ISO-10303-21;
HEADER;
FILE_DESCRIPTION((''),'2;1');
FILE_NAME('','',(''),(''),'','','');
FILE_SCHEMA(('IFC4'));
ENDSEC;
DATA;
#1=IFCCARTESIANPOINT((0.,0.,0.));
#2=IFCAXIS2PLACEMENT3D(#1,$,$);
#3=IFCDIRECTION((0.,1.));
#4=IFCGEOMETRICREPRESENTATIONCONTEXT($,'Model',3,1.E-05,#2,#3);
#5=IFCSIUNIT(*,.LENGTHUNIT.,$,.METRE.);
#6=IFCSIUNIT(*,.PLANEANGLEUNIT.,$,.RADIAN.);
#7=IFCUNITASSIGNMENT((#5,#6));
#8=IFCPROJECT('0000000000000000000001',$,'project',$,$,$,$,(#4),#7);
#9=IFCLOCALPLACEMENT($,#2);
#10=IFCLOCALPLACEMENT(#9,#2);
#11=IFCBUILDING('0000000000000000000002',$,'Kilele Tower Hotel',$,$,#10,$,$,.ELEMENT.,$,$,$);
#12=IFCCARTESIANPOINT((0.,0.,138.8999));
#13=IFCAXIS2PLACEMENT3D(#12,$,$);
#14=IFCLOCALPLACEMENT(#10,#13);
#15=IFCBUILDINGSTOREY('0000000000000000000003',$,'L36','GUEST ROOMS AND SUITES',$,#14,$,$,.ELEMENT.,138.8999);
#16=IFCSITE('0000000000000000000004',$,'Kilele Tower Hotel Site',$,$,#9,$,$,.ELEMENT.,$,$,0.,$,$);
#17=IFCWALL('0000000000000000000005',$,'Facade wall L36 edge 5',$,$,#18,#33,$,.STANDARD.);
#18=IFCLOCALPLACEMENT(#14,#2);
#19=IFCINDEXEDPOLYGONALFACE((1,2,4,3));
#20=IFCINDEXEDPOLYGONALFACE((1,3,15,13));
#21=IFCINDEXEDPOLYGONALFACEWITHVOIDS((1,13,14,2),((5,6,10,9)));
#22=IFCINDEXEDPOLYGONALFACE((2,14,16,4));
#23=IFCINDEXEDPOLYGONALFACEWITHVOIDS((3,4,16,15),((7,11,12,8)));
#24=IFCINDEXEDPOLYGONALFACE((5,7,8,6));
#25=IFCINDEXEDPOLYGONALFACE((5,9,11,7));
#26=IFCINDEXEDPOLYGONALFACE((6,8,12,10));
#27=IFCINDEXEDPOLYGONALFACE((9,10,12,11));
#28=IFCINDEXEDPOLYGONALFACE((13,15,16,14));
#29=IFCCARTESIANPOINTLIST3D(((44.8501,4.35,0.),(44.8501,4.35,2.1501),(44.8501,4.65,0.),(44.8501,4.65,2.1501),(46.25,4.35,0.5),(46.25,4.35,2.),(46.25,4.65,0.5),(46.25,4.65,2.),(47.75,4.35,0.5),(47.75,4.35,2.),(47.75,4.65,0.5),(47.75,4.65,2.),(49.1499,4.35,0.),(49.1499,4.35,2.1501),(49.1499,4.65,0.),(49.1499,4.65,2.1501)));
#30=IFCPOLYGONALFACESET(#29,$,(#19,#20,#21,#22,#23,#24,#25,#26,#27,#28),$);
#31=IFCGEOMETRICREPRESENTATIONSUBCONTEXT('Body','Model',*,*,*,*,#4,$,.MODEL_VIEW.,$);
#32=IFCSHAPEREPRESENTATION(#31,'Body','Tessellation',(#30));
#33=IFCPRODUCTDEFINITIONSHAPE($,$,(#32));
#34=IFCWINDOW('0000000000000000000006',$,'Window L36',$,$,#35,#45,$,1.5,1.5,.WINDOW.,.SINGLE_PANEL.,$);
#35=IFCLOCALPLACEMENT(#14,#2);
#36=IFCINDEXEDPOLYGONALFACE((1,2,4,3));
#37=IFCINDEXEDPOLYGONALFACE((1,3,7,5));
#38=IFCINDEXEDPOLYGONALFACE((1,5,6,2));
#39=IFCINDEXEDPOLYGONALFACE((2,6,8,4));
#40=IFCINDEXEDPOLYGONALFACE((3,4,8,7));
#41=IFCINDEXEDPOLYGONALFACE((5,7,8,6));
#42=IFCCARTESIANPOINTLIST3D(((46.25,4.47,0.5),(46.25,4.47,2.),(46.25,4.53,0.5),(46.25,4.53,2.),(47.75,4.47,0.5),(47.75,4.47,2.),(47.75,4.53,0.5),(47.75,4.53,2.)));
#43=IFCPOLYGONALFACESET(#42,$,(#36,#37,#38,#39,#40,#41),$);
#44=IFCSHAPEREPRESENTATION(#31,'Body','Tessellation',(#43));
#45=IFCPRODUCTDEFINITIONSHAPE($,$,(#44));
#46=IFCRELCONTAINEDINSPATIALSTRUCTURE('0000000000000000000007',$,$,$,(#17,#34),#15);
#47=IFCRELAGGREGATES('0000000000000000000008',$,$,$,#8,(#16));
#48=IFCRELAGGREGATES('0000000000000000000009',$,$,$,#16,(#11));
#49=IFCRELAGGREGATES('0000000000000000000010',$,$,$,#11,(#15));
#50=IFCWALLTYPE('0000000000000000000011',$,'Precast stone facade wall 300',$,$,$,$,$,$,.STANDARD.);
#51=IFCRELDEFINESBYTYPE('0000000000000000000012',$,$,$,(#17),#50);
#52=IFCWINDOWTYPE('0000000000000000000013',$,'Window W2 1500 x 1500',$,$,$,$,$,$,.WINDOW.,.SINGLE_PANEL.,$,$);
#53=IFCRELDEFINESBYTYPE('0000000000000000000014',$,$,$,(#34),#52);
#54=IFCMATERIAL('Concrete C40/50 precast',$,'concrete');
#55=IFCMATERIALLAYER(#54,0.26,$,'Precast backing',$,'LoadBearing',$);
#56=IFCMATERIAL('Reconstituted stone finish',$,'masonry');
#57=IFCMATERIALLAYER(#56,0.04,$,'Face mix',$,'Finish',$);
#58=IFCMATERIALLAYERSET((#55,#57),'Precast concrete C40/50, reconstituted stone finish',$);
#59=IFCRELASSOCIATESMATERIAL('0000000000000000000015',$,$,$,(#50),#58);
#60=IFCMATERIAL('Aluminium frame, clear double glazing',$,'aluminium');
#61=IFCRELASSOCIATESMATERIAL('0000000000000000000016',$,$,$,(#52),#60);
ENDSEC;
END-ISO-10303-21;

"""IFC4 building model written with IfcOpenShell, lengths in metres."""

from ifc_helpers import new_model, si_unit, direction, frame, frame_2d, origin, place, context, subcontext, project, spatial, rectangle, extrude, material, layer, layer_set, type_object, element, fill, save


model = new_model("IFC4")

# Units and contexts
model_context = context("Model", 3, precision=1e-05, world=origin(), true_north=direction((0.0, 1.0)))
body_context = subcontext(model_context, "Body", "Model", "MODEL_VIEW")
ifc_project = project(units=[si_unit("LENGTHUNIT", "METRE"), si_unit("PLANEANGLEUNIT", "RADIAN")], contexts=[model_context])

# Site, building, storey
site_placement = place(None, origin())
site = spatial("IfcSite", under=ifc_project, at=site_placement, Name="Kilele Tower Hotel Site", CompositionType="ELEMENT", RefElevation=0.0)
building_placement = place(site_placement, origin())
building = spatial("IfcBuilding", under=site, at=building_placement, Name="Kilele Tower Hotel", CompositionType="ELEMENT")
storey_placement = place(building_placement, frame((0.0, 0.0, 138.8999)))
storey = spatial("IfcBuildingStorey", under=building, at=storey_placement, Name="L36", Description="GUEST ROOMS AND SUITES", CompositionType="ELEMENT", Elevation=138.8999)

# Wall, opening, window
ifc_material_1 = material(Name="Concrete C40/50 precast", Category="concrete")
ifc_layer_1 = layer(ifc_material_1, 0.26, Name="Precast backing", Category="LoadBearing")
ifc_material_2 = material(Name="Reconstituted stone finish", Category="masonry")
ifc_layer_2 = layer(ifc_material_2, 0.04, Name="Face mix", Category="Finish")
ifc_layer_set_1 = layer_set([ifc_layer_1, ifc_layer_2], Name="Precast concrete C40/50, reconstituted stone finish")
wall_type_1 = type_object("IfcWallType", Name="Precast stone facade wall 300", PredefinedType="STANDARD", material=ifc_layer_set_1)
ifc_material_3 = material(Name="Aluminium frame, clear double glazing", Category="aluminium")
window_type = type_object("IfcWindowType", Name="Window W2 1500 x 1500", PartitioningType="SINGLE_PANEL", PredefinedType="WINDOW", material=ifc_material_3)
wall_1_placement = place(storey_placement, frame((44.8501, 4.5, 0.0), z_axis=(0.0, 0.0, 1.0), x_axis=(1.0, 0.0, 0.0)))
wall_1 = element("IfcWall", 1, at=wall_1_placement, inside=storey, type_object=wall_type_1, Name="Facade wall L36 edge 5", PredefinedType="STANDARD", context=body_context, shape_type="SweptSolid", body=[
    extrude(rectangle(XDim=4.2998, YDim=0.3, at=frame_2d((2.1499, 0.0))), origin(), (0.0, 0.0, 1.0), 2.1501),
])
opening_1_placement = place(wall_1_placement, frame((1.3999, 0.0, 0.5)))
opening_1 = element("IfcOpeningElement", 2, at=opening_1_placement, cuts=wall_1, PredefinedType="OPENING", context=body_context, shape_type="SweptSolid", body=[
    extrude(rectangle(XDim=1.5, YDim=1.5, at=frame_2d((0.75, 0.75))), frame((0.0, 0.1599, 0.0), z_axis=(0.0, -1.0, 0.0), x_axis=(1.0, 0.0, 0.0)), (0.0, 0.0, 1.0), 0.3201),
])
window_1_placement = place(opening_1_placement, origin())
window_1 = element("IfcWindow", 3, at=window_1_placement, inside=storey, type_object=window_type, Name="Window L36", OverallHeight=1.5, OverallWidth=1.5, PartitioningType="SINGLE_PANEL", PredefinedType="WINDOW", context=body_context, shape_type="SweptSolid", body=[
    extrude(rectangle(XDim=1.5, YDim=1.5, at=frame_2d((0.75, 0.75))), frame((0.0, 0.03, 0.0), z_axis=(0.0, -1.0, 0.0), x_axis=(1.0, 0.0, 0.0)), (0.0, 0.0, 1.0), 0.0601),
])
fill(opening_1, window_1)

save(model, "model.ifc")
